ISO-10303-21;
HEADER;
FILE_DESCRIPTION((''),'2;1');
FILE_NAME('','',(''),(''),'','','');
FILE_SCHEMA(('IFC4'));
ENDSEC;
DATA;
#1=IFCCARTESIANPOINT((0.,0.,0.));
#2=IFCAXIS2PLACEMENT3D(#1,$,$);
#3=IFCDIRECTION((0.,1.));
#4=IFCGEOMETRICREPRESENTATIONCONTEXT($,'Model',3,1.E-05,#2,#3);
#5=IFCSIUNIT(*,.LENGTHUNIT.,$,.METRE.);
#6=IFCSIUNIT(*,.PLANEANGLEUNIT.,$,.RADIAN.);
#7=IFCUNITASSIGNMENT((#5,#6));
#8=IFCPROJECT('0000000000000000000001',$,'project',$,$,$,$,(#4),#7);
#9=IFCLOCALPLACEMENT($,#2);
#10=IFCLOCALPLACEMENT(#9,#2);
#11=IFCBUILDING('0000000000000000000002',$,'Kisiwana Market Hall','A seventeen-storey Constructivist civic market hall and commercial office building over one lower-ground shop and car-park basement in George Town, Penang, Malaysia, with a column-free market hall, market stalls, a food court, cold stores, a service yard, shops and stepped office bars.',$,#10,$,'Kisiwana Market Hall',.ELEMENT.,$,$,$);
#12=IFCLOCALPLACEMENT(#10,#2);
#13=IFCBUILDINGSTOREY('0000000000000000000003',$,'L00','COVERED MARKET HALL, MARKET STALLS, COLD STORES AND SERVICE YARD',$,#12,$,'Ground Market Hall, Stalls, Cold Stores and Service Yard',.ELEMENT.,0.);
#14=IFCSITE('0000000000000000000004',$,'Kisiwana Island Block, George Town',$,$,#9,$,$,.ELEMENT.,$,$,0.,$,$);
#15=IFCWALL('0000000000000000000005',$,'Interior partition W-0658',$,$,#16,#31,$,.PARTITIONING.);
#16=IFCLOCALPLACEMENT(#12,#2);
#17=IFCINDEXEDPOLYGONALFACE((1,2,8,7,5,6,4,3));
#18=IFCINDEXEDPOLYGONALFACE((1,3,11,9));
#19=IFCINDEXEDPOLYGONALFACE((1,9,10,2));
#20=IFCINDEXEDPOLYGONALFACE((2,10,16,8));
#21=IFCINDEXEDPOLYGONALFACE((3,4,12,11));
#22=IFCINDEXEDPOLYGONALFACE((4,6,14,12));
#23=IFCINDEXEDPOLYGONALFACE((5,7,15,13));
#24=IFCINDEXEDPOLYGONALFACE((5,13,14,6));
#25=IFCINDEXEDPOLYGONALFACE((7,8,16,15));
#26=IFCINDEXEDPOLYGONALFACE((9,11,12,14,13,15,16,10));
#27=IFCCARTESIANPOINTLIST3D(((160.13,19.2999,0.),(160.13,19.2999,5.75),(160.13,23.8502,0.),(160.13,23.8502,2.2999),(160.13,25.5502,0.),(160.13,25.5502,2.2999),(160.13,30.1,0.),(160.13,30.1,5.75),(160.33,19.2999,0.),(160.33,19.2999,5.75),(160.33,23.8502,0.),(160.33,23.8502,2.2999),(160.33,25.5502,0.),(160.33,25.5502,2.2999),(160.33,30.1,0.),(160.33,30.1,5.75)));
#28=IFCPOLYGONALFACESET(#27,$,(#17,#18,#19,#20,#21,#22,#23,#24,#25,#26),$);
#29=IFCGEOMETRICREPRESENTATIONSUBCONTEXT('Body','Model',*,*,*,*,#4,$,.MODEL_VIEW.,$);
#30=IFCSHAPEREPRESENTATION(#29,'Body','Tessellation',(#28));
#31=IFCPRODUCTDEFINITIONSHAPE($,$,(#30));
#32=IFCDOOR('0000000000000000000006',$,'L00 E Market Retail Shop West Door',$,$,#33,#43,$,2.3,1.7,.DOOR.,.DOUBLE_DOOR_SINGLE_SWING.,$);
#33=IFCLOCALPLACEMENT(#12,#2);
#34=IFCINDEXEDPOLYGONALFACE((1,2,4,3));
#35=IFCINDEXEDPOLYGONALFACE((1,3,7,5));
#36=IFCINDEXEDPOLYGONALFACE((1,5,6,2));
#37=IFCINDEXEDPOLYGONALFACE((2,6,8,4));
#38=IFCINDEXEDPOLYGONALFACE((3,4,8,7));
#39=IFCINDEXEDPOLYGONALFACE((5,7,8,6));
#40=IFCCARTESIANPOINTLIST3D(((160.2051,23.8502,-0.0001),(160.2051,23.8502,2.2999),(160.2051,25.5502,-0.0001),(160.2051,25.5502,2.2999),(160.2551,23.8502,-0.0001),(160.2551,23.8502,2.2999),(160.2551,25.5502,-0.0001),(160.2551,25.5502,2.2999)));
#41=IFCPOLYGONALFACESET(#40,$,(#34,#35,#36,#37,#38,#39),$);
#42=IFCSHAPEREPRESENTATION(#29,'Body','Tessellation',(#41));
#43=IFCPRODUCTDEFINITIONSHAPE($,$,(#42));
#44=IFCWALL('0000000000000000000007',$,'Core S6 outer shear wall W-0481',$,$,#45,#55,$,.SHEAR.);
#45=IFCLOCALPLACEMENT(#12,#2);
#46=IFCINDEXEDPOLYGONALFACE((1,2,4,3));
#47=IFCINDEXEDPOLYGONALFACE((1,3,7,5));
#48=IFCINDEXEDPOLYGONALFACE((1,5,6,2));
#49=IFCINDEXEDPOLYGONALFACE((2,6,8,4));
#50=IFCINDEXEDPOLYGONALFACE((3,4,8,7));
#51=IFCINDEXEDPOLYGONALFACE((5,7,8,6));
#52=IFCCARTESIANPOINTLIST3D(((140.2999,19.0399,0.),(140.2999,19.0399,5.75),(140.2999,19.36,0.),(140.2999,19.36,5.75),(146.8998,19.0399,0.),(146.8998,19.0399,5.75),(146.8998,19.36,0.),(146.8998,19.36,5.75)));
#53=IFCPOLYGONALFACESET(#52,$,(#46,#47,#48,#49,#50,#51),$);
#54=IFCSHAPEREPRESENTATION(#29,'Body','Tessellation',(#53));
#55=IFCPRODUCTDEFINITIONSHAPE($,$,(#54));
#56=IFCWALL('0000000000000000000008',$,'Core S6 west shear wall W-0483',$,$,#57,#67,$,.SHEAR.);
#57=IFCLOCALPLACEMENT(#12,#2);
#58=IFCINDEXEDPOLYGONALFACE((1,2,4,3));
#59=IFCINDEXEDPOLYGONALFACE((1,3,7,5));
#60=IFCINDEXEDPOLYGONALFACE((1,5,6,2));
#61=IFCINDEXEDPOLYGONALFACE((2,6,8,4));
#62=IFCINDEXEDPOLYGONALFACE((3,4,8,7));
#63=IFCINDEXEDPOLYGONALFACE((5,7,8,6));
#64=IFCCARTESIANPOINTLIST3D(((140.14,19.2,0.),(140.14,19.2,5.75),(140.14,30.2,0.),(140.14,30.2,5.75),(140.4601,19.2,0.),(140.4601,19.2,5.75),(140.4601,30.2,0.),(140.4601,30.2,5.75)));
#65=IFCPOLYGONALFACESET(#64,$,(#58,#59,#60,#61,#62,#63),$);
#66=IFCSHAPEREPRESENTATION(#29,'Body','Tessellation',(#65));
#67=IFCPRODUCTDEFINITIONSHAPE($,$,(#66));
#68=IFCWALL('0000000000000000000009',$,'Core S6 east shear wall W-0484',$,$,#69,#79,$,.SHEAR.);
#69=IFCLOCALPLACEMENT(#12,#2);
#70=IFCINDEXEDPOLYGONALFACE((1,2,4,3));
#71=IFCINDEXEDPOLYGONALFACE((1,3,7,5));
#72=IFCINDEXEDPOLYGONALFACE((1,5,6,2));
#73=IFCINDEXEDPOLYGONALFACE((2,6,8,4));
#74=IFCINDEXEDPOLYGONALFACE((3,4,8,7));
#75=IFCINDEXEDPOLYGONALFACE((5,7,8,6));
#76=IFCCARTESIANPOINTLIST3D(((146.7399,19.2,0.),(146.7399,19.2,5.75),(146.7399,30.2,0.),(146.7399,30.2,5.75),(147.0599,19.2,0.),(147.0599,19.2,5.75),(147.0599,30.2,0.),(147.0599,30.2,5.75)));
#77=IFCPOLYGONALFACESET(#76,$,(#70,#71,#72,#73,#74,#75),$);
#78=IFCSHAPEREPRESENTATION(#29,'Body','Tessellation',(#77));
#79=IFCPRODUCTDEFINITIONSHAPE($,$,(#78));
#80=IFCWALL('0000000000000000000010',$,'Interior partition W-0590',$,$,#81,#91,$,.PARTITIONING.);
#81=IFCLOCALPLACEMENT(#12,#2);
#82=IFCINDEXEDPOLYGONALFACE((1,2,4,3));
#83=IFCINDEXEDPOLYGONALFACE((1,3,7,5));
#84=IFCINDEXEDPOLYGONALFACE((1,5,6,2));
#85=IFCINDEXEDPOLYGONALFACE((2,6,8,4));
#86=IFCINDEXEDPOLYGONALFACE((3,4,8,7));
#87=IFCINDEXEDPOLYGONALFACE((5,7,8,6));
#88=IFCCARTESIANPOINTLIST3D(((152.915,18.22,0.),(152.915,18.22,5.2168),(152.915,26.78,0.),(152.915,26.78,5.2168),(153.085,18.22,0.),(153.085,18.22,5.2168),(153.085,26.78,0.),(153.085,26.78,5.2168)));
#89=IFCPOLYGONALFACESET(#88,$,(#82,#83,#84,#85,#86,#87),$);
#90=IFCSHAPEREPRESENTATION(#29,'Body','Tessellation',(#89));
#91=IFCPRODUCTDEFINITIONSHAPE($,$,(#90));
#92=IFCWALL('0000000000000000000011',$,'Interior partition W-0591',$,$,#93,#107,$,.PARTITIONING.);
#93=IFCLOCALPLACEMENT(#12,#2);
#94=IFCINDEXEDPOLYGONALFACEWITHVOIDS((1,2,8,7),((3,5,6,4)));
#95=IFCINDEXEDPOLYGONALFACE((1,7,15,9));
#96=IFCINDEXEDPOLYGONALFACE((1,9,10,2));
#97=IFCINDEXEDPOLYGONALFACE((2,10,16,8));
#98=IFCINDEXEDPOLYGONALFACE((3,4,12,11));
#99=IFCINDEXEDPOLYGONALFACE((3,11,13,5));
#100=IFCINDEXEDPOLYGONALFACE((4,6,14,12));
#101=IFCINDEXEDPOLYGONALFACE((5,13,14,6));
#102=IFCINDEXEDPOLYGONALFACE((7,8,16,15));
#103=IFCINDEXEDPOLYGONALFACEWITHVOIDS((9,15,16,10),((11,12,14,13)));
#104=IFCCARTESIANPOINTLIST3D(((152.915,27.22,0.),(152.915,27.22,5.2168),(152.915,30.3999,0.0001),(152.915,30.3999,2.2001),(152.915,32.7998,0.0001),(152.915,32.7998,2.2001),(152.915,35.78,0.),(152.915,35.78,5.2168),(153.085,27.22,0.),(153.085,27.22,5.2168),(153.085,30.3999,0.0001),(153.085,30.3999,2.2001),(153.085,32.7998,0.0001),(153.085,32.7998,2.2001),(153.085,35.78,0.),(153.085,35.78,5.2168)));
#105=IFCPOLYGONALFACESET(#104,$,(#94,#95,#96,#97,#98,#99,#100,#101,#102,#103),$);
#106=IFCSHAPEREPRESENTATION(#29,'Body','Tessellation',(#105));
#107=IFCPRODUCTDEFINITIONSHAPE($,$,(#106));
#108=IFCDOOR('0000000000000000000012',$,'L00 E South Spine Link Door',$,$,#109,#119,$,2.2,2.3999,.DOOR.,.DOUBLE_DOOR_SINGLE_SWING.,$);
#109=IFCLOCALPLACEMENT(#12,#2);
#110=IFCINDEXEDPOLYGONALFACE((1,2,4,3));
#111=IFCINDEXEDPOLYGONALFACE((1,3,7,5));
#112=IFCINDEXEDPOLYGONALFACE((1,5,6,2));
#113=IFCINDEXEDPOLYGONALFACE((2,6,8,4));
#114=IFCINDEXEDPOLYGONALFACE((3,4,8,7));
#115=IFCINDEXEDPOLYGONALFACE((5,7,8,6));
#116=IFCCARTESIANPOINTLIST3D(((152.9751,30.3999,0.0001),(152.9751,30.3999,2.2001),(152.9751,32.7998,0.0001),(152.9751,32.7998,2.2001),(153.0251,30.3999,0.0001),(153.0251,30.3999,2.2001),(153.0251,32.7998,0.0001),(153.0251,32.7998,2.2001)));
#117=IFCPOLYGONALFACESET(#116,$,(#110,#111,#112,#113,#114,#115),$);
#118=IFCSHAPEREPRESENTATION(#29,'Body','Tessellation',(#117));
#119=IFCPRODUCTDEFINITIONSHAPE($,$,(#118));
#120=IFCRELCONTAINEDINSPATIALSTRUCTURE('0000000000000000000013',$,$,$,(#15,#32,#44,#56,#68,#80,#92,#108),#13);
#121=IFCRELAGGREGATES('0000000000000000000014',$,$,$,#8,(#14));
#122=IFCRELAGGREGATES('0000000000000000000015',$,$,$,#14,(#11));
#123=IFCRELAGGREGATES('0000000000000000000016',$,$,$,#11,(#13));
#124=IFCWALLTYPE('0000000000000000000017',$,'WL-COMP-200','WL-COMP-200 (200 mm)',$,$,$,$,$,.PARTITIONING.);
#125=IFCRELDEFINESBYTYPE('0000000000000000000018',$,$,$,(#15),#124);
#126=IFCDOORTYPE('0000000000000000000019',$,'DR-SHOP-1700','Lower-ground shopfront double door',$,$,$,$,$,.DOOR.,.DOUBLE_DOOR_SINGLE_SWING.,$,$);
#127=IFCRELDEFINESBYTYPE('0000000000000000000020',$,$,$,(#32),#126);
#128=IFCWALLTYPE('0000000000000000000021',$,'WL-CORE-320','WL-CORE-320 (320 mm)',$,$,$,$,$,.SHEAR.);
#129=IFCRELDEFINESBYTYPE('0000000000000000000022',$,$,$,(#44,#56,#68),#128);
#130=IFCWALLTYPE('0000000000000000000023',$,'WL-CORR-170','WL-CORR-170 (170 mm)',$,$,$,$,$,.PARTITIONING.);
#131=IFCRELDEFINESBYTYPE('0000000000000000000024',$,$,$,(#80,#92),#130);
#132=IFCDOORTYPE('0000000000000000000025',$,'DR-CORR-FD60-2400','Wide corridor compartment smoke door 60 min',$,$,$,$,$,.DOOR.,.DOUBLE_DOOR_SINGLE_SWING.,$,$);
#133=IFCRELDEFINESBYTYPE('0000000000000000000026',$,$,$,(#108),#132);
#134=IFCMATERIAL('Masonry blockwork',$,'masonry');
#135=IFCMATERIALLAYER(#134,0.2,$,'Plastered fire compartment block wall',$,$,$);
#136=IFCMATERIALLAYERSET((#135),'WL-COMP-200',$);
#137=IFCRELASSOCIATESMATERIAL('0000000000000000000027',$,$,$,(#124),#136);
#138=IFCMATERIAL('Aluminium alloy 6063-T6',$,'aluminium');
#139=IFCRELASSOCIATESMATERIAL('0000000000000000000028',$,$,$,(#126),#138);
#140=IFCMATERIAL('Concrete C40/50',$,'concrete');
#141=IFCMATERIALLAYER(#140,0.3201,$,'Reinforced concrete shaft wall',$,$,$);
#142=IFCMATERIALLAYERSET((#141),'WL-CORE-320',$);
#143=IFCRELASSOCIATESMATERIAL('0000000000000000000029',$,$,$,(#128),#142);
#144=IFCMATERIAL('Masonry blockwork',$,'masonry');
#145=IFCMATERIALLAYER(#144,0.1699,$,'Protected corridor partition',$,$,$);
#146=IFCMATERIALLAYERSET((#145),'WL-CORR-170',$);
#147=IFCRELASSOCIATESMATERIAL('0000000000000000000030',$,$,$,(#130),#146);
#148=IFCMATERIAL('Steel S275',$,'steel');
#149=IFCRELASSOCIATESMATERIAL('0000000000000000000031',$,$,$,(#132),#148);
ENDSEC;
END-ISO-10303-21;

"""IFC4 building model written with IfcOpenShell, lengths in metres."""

from ifc_helpers import new_model, si_unit, direction, frame, frame_2d, origin, place, context, subcontext, project, spatial, rectangle, extrude, material, layer, layer_set, type_object, element, fill, save


model = new_model("IFC4")

# Units and contexts
model_context = context("Model", 3, precision=1e-05, world=origin(), true_north=direction((0.0, 1.0)))
body_context = subcontext(model_context, "Body", "Model", "MODEL_VIEW")
ifc_project = project(units=[si_unit("LENGTHUNIT", "METRE"), si_unit("PLANEANGLEUNIT", "RADIAN")], contexts=[model_context])

# Site, building, storey
site_placement = place(None, origin())
site = spatial("IfcSite", under=ifc_project, at=site_placement, Name="Kisiwana Island Block, George Town", CompositionType="ELEMENT", RefElevation=0.0)
building_placement = place(site_placement, origin())
building = spatial("IfcBuilding", under=site, at=building_placement, Name="Kisiwana Market Hall", Description="A seventeen-storey Constructivist civic market hall and commercial office building over one lower-ground shop and car-park basement in George Town, Penang, Malaysia, with a column-free market hall, market stalls, a food court, cold stores, a service yard, shops and stepped office bars.", LongName="Kisiwana Market Hall", CompositionType="ELEMENT")
storey_placement = place(building_placement, origin())
storey = spatial("IfcBuildingStorey", under=building, at=storey_placement, Name="L00", Description="COVERED MARKET HALL, MARKET STALLS, COLD STORES AND SERVICE YARD", LongName="Ground Market Hall, Stalls, Cold Stores and Service Yard", CompositionType="ELEMENT", Elevation=0.0)

# Shared definitions
ifc_material_1 = material(Name="Masonry blockwork", Category="masonry")
ifc_layer_1 = layer(ifc_material_1, 0.2, Name="Plastered fire compartment block wall")
ifc_layer_set_1 = layer_set([ifc_layer_1], Name="WL-COMP-200")
wall_type_1 = type_object("IfcWallType", Name="WL-COMP-200", Description="WL-COMP-200 (200 mm)", PredefinedType="PARTITIONING", material=ifc_layer_set_1)

# Wall, opening, door
wall_1_placement = place(storey_placement, frame((160.23, 19.3, 0.0), z_axis=(0.0, 0.0, 1.0), x_axis=(0.0, 1.0, 0.0)))
wall_1 = element("IfcWall", 1, at=wall_1_placement, inside=storey, type_object=wall_type_1, Name="Interior partition W-0658", PredefinedType="PARTITIONING", context=body_context, shape_type="SweptSolid", body=[
    extrude(rectangle(XDim=10.8, YDim=0.2, at=frame_2d((5.3999, 0.0))), origin(), (0.0, 0.0, 1.0), 5.75),
])
opening_1_placement = place(wall_1_placement, frame((4.55, 0.0, 0.0)))
opening_1 = element("IfcOpeningElement", 2, at=opening_1_placement, cuts=wall_1, PredefinedType="OPENING", context=body_context, shape_type="SweptSolid", body=[
    extrude(rectangle(XDim=1.7, YDim=2.3, at=frame_2d((0.8501, 1.1499))), frame((0.0, 0.1118, 0.0), z_axis=(0.0, -1.0, 0.0), x_axis=(1.0, 0.0, 0.0)), (0.0, 0.0, 1.0), 0.2239),
])
ifc_material_2 = material(Name="Aluminium alloy 6063-T6", Category="aluminium")
door_type_1 = type_object("IfcDoorType", Name="DR-SHOP-1700", Description="Lower-ground shopfront double door", OperationType="DOUBLE_DOOR_SINGLE_SWING", PredefinedType="DOOR", material=ifc_material_2)
door_1_placement = place(opening_1_placement, origin())
door_1 = element("IfcDoor", 3, at=door_1_placement, inside=storey, type_object=door_type_1, Name="L00 E Market Retail Shop West Door", OperationType="DOUBLE_DOOR_SINGLE_SWING", OverallHeight=2.3, OverallWidth=1.7, PredefinedType="DOOR", context=body_context, shape_type="SweptSolid", body=[
    extrude(rectangle(XDim=1.7, YDim=2.3, at=frame_2d((0.8501, 1.1499))), frame((0.0, 0.0249, 0.0), z_axis=(0.0, -1.0, 0.0), x_axis=(1.0, 0.0, 0.0)), (0.0, 0.0, 1.0), 0.05),
])
fill(opening_1, door_1)

# Walls
ifc_material_3 = material(Name="Concrete C40/50", Category="concrete")
ifc_layer_2 = layer(ifc_material_3, 0.3201, Name="Reinforced concrete shaft wall")
ifc_layer_set_2 = layer_set([ifc_layer_2], Name="WL-CORE-320")
wall_type_2 = type_object("IfcWallType", Name="WL-CORE-320", Description="WL-CORE-320 (320 mm)", PredefinedType="SHEAR", material=ifc_layer_set_2)
wall_2_placement = place(storey_placement, frame((140.3, 19.2, 0.0), z_axis=(0.0, 0.0, 1.0), x_axis=(1.0, 0.0, 0.0)))
element("IfcWall", 4, at=wall_2_placement, inside=storey, type_object=wall_type_2, Name="Core S6 outer shear wall W-0481", PredefinedType="SHEAR", context=body_context, shape_type="SweptSolid", body=[
    extrude(rectangle(XDim=6.5999, YDim=0.3201, at=frame_2d((3.2998, 0.0))), origin(), (0.0, 0.0, 1.0), 5.75),
])
for number, where, z_axis, x_axis, name in (
    (5, (140.3, 19.2, 0.0), (0.0, 0.0, 1.0), (0.0, 1.0, 0.0), "Core S6 west shear wall W-0483"),
    (6, (146.8999, 19.2, 0.0), (0.0, 0.0, 1.0), (0.0, 1.0, 0.0), "Core S6 east shear wall W-0484"),
):
    element("IfcWall", number, at=place(storey_placement, frame(where, z_axis=z_axis, x_axis=x_axis)), inside=storey, type_object=wall_type_2, Name=name, PredefinedType="SHEAR", context=body_context, shape_type="SweptSolid", body=[
        extrude(rectangle(XDim=11.0, YDim=0.3201, at=frame_2d((5.5, 0.0))), origin(), (0.0, 0.0, 1.0), 5.75),
    ])
ifc_material_4 = material(Name="Masonry blockwork", Category="masonry")
ifc_layer_3 = layer(ifc_material_4, 0.1699, Name="Protected corridor partition")
ifc_layer_set_3 = layer_set([ifc_layer_3], Name="WL-CORR-170")
wall_type_3 = type_object("IfcWallType", Name="WL-CORR-170", Description="WL-CORR-170 (170 mm)", PredefinedType="PARTITIONING", material=ifc_layer_set_3)
wall_3_placement = place(storey_placement, frame((153.0, 18.22, 0.0), z_axis=(0.0, 0.0, 1.0), x_axis=(0.0, 1.0, 0.0)))
element("IfcWall", 7, at=wall_3_placement, inside=storey, type_object=wall_type_3, Name="Interior partition W-0590", PredefinedType="PARTITIONING", context=body_context, shape_type="SweptSolid", body=[
    extrude(rectangle(XDim=8.5601, YDim=0.1699, at=frame_2d((4.28, 0.0))), origin(), (0.0, 0.0, 1.0), 5.2168),
])

# Wall, opening, door
wall_4_placement = place(storey_placement, frame((153.0, 27.22, 0.0), z_axis=(0.0, 0.0, 1.0), x_axis=(0.0, 1.0, 0.0)))
wall_4 = element("IfcWall", 8, at=wall_4_placement, inside=storey, type_object=wall_type_3, Name="Interior partition W-0591", PredefinedType="PARTITIONING", context=body_context, shape_type="SweptSolid", body=[
    extrude(rectangle(XDim=8.5601, YDim=0.1699, at=frame_2d((4.28, 0.0))), origin(), (0.0, 0.0, 1.0), 5.2168),
])
opening_2_placement = place(wall_4_placement, frame((3.1799, 0.0, 0.0)))
opening_2 = element("IfcOpeningElement", 9, at=opening_2_placement, cuts=wall_4, PredefinedType="OPENING", context=body_context, shape_type="SweptSolid", body=[
    extrude(rectangle(XDim=2.3999, YDim=2.2, at=frame_2d((1.2, 1.1001))), frame((0.0, 0.0969, 0.0), z_axis=(0.0, -1.0, 0.0), x_axis=(1.0, 0.0, 0.0)), (0.0, 0.0, 1.0), 0.1938),
])
ifc_material_5 = material(Name="Steel S275", Category="steel")
door_type_2 = type_object("IfcDoorType", Name="DR-CORR-FD60-2400", Description="Wide corridor compartment smoke door 60 min", OperationType="DOUBLE_DOOR_SINGLE_SWING", PredefinedType="DOOR", material=ifc_material_5)
door_2_placement = place(opening_2_placement, origin())
door_2 = element("IfcDoor", 10, at=door_2_placement, inside=storey, type_object=door_type_2, Name="L00 E South Spine Link Door", OperationType="DOUBLE_DOOR_SINGLE_SWING", OverallHeight=2.2, OverallWidth=2.3999, PredefinedType="DOOR", context=body_context, shape_type="SweptSolid", body=[
    extrude(rectangle(XDim=2.3999, YDim=2.2, at=frame_2d((1.2, 1.1001))), frame((0.0, 0.0249, 0.0), z_axis=(0.0, -1.0, 0.0), x_axis=(1.0, 0.0, 0.0)), (0.0, 0.0, 1.0), 0.05),
])
fill(opening_2, door_2)

save(model, "model.ifc")
